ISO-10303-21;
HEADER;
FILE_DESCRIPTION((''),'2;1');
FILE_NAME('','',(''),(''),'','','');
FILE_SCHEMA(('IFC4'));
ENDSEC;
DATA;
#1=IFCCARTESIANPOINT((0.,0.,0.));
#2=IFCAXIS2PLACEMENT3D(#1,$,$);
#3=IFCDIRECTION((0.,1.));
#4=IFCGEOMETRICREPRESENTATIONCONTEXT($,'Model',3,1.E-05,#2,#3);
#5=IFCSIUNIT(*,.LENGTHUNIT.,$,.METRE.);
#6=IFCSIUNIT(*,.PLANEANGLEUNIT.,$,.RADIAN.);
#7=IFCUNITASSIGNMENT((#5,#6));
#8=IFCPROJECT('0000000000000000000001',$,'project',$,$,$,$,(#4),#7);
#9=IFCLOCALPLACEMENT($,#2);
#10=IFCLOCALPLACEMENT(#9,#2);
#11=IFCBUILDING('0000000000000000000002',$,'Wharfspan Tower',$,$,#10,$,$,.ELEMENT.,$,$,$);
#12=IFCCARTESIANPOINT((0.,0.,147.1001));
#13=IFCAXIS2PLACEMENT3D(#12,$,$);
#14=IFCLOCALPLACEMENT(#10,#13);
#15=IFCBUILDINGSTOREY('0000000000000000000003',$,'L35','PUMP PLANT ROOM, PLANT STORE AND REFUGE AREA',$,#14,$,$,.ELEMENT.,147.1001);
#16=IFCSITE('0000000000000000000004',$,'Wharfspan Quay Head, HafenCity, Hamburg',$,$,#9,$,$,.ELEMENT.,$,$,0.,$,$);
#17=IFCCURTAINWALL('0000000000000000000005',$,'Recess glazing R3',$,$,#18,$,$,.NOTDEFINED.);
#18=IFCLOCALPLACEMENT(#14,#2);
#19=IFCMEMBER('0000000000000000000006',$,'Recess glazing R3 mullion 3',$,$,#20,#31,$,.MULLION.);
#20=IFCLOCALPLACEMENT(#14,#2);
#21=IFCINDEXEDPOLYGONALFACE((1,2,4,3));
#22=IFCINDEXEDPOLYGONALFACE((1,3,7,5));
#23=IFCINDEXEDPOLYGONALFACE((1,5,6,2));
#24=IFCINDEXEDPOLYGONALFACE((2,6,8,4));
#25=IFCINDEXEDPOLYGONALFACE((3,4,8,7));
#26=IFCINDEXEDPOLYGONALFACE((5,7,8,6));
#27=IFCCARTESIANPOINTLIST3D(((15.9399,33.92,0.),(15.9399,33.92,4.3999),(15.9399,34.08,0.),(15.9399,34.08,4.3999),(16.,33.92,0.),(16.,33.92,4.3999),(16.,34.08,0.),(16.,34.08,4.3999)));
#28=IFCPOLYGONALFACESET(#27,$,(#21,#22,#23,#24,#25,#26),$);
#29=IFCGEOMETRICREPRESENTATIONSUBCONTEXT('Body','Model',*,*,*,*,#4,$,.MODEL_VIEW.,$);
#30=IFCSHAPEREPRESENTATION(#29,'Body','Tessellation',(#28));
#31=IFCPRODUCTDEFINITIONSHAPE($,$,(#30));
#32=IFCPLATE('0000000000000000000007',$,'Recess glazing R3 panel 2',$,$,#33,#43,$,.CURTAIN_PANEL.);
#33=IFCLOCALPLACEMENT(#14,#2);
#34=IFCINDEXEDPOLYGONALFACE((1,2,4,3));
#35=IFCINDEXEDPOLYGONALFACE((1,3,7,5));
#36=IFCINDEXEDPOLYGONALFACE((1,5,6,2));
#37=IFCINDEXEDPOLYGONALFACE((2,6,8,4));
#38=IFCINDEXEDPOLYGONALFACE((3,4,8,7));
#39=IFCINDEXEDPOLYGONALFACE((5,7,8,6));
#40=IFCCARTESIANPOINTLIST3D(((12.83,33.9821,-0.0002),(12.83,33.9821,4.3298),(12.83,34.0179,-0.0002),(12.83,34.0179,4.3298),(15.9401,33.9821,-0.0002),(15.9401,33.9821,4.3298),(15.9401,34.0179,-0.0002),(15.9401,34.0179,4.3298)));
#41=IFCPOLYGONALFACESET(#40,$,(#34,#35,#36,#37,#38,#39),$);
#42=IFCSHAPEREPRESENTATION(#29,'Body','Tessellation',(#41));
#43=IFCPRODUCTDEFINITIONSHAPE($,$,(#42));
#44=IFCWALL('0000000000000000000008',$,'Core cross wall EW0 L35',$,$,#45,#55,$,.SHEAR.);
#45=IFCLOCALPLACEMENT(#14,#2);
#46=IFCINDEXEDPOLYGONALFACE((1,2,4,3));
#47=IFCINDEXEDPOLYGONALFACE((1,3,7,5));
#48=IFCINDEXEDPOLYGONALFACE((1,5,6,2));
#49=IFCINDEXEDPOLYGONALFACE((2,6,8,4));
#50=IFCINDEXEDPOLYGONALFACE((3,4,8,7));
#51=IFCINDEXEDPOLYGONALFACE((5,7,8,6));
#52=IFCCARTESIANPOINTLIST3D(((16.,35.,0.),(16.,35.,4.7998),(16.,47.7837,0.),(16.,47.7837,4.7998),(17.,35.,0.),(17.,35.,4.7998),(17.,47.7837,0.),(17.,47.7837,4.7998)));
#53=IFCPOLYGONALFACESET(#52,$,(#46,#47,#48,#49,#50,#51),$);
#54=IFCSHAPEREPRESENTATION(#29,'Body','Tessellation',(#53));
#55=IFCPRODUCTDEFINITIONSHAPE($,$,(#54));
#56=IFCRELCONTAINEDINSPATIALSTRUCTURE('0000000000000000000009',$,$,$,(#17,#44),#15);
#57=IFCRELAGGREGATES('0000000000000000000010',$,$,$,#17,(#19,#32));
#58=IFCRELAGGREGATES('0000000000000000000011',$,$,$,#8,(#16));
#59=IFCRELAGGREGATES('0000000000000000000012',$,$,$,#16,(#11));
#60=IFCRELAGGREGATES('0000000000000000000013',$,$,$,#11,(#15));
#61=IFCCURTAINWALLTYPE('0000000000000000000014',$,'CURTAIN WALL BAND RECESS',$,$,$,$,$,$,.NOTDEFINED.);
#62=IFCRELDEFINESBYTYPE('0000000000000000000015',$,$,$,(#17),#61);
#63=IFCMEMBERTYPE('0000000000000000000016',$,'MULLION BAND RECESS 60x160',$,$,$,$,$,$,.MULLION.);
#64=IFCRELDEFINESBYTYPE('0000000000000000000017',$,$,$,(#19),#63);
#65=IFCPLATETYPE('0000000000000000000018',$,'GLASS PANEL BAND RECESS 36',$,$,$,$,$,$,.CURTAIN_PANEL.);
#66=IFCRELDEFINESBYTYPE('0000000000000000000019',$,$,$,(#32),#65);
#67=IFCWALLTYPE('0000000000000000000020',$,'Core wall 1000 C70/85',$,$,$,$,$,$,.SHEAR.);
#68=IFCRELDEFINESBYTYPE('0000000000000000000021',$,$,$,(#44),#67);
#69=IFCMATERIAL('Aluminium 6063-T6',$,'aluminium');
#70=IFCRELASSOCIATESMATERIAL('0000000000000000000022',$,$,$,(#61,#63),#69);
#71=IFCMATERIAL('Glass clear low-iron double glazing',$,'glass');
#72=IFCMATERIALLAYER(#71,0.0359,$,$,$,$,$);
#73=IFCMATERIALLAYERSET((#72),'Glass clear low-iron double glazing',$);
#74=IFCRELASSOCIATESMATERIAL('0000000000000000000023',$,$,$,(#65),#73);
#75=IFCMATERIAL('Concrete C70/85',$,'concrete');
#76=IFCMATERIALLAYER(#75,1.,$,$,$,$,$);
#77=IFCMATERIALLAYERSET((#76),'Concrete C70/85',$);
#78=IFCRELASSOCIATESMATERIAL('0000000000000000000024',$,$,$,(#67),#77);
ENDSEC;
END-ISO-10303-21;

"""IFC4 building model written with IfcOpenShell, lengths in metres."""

from ifc_helpers import new_model, si_unit, direction, frame, frame_2d, origin, origin_2d, place, context, subcontext, project, spatial, rectangle, extrude, material, layer, layer_set, material_profile, profile_set, type_object, element, aggregate, save


model = new_model("IFC4")

# Units and contexts
model_context = context("Model", 3, precision=1e-05, world=origin(), true_north=direction((0.0, 1.0)))
body_context = subcontext(model_context, "Body", "Model", "MODEL_VIEW")
ifc_project = project(units=[si_unit("LENGTHUNIT", "METRE"), si_unit("PLANEANGLEUNIT", "RADIAN")], contexts=[model_context])

# Site, building, storey
site_placement = place(None, origin())
site = spatial("IfcSite", under=ifc_project, at=site_placement, Name="Wharfspan Quay Head, HafenCity, Hamburg", CompositionType="ELEMENT", RefElevation=0.0)
building_placement = place(site_placement, origin())
building = spatial("IfcBuilding", under=site, at=building_placement, Name="Wharfspan Tower", CompositionType="ELEMENT")
storey_placement = place(building_placement, frame((0.0, 0.0, 147.1001)))
storey = spatial("IfcBuildingStorey", under=building, at=storey_placement, Name="L35", Description="PUMP PLANT ROOM, PLANT STORE AND REFUGE AREA", CompositionType="ELEMENT", Elevation=147.1001)

# Curtain wall, member, plate
ifc_material_1 = material(Name="Aluminium 6063-T6", Category="aluminium")
curtain_wall_type = type_object("IfcCurtainWallType", Name="CURTAIN WALL BAND RECESS", PredefinedType="NOTDEFINED", material=ifc_material_1)
curtain_wall_placement = place(storey_placement, origin())
curtain_wall = element("IfcCurtainWall", 1, at=curtain_wall_placement, inside=storey, type_object=curtain_wall_type, Name="Recess glazing R3", PredefinedType="NOTDEFINED")
ifc_material_profile = material_profile(ifc_material_1, rectangle(XDim=0.1599, YDim=0.0601, at=origin_2d()))
ifc_profile_set = profile_set([ifc_material_profile], Name="Aluminium 6063-T6")
member_type = type_object("IfcMemberType", Name="MULLION BAND RECESS 60x160", PredefinedType="MULLION", material=ifc_profile_set)
member_placement = place(storey_placement, frame((15.97, 34.0, 0.0), z_axis=(0.0, 0.0, 1.0), x_axis=(0.0, 1.0, 0.0)))
member = element("IfcMember", 2, at=member_placement, type_object=member_type, Name="Recess glazing R3 mullion 3", PredefinedType="MULLION", context=body_context, shape_type="SweptSolid", body=[
    extrude(rectangle(XDim=0.1599, YDim=0.0601, at=origin_2d()), origin(), (0.0, 0.0, 1.0), 4.3999),
])
ifc_material_2 = material(Name="Glass clear low-iron double glazing", Category="glass")
ifc_layer_1 = layer(ifc_material_2, 0.0359)
ifc_layer_set_1 = layer_set([ifc_layer_1], Name="Glass clear low-iron double glazing")
plate_type = type_object("IfcPlateType", Name="GLASS PANEL BAND RECESS 36", PredefinedType="CURTAIN_PANEL", material=ifc_layer_set_1)
plate_placement = place(storey_placement, frame((14.385, 34.0, -0.0002), z_axis=(0.0, 0.0, 1.0), x_axis=(1.0, 0.0, 0.0)))
plate = element("IfcPlate", 3, at=plate_placement, type_object=plate_type, Name="Recess glazing R3 panel 2", PredefinedType="CURTAIN_PANEL", context=body_context, shape_type="SweptSolid", body=[
    extrude(rectangle(XDim=3.1101, YDim=0.0359, at=origin_2d()), origin(), (0.0, 0.0, 1.0), 4.3301),
])
aggregate(curtain_wall, [member, plate])

# Shared definitions
ifc_material_3 = material(Name="Concrete C70/85", Category="concrete")
ifc_layer_2 = layer(ifc_material_3, 1.0)
ifc_layer_set_2 = layer_set([ifc_layer_2], Name="Concrete C70/85")
wall_type = type_object("IfcWallType", Name="Core wall 1000 C70/85", PredefinedType="SHEAR", material=ifc_layer_set_2)

# Wall
wall_1_placement = place(storey_placement, frame((16.5, 35.0, 0.0), z_axis=(0.0, 0.0, 1.0), x_axis=(0.0, 1.0, 0.0)))
element("IfcWall", 4, at=wall_1_placement, inside=storey, type_object=wall_type, Name="Core cross wall EW0 L35", PredefinedType="SHEAR", context=body_context, shape_type="SweptSolid", body=[
    extrude(rectangle(XDim=12.7837, YDim=1.0, at=frame_2d((6.3918, 0.0))), origin(), (0.0, 0.0, 1.0), 4.7998),
])

save(model, "model.ifc")
